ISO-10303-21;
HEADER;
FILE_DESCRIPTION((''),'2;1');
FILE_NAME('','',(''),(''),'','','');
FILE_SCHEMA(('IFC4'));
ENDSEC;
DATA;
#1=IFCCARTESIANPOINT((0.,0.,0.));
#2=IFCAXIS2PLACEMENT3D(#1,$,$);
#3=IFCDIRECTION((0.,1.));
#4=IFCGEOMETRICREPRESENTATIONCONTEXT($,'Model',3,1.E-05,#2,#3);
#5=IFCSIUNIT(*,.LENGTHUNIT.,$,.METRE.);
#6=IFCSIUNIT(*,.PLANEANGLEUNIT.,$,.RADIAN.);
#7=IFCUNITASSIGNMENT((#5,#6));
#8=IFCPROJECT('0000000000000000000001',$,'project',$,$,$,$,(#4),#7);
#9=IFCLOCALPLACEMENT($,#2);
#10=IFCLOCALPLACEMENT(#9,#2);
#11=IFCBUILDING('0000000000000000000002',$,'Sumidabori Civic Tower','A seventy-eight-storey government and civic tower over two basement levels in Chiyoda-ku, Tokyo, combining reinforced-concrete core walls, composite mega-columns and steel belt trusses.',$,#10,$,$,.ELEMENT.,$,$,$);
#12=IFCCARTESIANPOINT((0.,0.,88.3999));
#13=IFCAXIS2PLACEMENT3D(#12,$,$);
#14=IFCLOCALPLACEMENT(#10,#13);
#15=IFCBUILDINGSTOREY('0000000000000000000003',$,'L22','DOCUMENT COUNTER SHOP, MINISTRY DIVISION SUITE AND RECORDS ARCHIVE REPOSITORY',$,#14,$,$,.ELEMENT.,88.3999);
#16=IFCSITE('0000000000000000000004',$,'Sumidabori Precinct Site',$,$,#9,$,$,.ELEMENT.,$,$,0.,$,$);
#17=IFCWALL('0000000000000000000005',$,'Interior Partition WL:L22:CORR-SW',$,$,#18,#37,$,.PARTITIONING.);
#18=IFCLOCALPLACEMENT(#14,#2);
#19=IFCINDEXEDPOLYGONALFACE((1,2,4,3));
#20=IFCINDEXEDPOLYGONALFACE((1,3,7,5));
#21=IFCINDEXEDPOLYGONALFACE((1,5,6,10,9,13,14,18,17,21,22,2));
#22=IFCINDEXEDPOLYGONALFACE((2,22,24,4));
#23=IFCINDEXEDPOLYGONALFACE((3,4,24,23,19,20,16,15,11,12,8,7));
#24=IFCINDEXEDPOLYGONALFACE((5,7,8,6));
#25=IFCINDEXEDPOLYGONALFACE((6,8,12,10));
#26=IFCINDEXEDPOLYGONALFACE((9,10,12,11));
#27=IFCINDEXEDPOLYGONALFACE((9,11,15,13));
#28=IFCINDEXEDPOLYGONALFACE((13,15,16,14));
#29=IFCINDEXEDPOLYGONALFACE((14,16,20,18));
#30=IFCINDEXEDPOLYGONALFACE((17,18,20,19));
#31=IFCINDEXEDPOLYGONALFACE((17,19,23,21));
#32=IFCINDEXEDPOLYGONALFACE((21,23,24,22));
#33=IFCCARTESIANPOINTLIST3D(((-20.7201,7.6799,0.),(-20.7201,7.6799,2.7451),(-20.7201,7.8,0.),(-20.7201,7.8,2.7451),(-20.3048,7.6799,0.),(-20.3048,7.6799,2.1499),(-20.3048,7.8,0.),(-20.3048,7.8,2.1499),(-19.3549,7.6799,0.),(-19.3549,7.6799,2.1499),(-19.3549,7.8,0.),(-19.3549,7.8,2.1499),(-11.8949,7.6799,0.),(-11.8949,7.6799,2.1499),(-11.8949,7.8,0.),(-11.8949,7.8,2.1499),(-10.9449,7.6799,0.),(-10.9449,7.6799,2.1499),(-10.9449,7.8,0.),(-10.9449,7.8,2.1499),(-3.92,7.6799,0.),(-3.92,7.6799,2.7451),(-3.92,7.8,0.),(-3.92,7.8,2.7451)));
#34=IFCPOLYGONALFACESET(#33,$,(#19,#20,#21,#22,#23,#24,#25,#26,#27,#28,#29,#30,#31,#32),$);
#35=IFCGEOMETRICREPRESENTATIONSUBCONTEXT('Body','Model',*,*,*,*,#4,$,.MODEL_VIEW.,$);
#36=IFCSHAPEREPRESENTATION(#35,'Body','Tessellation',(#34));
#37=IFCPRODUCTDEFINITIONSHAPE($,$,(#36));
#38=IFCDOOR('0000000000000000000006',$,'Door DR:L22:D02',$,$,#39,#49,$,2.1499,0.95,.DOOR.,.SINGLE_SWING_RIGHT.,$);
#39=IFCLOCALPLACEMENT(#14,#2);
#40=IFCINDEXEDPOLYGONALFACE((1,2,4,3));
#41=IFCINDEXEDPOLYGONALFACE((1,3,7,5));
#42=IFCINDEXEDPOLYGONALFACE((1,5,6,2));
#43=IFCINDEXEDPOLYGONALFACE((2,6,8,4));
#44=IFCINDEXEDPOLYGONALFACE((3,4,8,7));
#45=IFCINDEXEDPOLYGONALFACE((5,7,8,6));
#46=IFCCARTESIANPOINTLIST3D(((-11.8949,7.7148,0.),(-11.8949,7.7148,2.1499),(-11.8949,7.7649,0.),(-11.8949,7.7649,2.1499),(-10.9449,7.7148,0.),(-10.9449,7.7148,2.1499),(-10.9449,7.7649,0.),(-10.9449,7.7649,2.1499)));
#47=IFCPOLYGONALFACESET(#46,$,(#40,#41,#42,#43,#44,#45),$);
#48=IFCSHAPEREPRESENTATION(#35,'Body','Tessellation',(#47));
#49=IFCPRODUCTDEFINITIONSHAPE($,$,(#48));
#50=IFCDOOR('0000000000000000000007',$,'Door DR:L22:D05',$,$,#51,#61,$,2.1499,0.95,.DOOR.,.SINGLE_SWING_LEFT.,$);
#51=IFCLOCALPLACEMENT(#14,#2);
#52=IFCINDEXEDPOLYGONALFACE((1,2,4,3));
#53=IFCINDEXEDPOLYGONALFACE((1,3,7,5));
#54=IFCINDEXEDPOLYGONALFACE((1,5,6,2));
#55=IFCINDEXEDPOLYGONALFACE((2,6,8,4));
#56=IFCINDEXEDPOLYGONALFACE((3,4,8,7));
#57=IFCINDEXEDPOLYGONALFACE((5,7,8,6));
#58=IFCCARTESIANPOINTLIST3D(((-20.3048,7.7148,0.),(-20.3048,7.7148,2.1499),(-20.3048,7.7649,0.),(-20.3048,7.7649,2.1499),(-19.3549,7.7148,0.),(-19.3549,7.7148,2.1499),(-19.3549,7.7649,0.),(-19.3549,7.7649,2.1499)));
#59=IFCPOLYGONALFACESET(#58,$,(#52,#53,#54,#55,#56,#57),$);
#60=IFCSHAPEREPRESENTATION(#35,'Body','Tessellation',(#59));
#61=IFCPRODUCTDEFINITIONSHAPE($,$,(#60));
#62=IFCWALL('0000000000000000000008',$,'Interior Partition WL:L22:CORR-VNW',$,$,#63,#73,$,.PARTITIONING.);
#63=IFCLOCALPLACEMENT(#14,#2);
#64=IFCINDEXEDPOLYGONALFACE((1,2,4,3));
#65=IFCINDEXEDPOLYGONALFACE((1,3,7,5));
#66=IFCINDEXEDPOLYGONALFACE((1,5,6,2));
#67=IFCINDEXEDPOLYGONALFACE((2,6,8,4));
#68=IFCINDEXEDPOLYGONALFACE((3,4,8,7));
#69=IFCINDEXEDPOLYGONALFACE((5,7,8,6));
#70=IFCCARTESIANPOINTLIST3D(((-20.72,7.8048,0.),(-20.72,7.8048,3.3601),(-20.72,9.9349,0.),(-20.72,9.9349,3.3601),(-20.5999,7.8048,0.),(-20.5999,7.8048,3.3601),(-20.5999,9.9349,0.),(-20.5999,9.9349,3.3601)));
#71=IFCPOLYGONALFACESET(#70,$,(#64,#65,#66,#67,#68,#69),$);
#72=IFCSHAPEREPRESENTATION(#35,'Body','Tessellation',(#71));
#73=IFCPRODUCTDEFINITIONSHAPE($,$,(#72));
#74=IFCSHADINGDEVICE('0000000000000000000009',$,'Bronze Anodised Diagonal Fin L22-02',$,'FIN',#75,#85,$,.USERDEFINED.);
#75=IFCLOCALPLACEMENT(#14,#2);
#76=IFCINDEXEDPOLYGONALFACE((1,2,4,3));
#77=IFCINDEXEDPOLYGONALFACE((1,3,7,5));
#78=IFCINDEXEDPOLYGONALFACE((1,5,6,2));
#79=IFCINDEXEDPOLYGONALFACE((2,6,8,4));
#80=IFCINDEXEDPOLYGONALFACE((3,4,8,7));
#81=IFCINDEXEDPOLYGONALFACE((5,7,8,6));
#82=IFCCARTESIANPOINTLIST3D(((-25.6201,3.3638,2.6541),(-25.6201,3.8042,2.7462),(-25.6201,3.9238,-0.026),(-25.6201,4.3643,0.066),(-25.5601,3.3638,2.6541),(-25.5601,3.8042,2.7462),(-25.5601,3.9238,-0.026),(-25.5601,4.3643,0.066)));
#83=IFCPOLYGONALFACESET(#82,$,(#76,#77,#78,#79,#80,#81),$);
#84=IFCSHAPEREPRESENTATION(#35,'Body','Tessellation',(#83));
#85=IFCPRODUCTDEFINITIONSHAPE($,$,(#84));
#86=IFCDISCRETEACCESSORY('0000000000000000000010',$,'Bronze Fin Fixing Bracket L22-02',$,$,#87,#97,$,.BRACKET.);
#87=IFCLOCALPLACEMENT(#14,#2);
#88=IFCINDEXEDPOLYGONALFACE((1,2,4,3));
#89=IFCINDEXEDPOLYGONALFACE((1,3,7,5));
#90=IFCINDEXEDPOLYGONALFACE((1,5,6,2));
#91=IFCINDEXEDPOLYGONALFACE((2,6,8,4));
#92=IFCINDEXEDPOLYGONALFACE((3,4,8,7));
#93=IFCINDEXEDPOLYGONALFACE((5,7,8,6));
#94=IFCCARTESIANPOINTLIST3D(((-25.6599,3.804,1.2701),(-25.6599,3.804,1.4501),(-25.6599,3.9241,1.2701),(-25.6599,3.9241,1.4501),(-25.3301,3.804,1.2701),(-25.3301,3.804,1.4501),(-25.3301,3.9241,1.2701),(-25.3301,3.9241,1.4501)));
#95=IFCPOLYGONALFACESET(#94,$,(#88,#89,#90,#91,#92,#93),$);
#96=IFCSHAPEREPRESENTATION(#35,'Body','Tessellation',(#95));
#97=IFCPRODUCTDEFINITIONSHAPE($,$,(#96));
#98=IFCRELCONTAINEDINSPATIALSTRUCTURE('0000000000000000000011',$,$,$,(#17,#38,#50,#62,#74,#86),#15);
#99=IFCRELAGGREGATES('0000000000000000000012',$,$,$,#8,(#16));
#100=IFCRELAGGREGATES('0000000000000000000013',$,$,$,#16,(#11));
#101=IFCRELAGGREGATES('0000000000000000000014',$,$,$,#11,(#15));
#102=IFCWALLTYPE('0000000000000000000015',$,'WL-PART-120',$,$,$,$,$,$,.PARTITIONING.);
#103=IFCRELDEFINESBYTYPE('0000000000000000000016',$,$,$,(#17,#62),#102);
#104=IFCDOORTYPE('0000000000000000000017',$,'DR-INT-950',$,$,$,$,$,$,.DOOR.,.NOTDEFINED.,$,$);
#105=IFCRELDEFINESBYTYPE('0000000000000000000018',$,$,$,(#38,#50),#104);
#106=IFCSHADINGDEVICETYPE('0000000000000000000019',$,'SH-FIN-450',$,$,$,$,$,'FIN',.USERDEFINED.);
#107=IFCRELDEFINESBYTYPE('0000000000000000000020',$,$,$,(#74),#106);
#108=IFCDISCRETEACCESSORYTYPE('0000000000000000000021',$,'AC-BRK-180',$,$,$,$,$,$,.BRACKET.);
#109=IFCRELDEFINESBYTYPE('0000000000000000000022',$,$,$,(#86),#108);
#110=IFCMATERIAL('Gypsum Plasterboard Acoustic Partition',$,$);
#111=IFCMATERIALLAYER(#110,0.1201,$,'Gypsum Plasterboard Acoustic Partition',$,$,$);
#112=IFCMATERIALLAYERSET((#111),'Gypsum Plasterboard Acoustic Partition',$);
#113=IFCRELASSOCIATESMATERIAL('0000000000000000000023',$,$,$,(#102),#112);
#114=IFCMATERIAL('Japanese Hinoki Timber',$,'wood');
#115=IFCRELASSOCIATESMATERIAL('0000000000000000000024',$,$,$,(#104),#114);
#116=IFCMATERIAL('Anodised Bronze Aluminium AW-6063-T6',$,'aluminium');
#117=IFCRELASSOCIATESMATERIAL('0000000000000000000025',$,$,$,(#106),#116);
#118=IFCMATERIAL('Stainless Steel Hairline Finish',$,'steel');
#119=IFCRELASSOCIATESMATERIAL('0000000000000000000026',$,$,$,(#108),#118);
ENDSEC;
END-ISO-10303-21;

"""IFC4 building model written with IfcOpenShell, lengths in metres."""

from ifc_helpers import new_model, si_unit, direction, frame, frame_2d, origin, origin_2d, place, context, subcontext, project, spatial, rectangle, extrude, source, transform, mapped, material, layer, layer_set, material_profile, profile_set, type_object, element, fill, save


model = new_model("IFC4")

# Units and contexts
model_context = context("Model", 3, precision=1e-05, world=origin(), true_north=direction((0.0, 1.0)))
body_context = subcontext(model_context, "Body", "Model", "MODEL_VIEW")
ifc_project = project(units=[si_unit("LENGTHUNIT", "METRE"), si_unit("PLANEANGLEUNIT", "RADIAN")], contexts=[model_context])

# Site, building, storey
site_placement = place(None, origin())
site = spatial("IfcSite", under=ifc_project, at=site_placement, Name="Sumidabori Precinct Site", CompositionType="ELEMENT", RefElevation=0.0)
building_placement = place(site_placement, origin())
building = spatial("IfcBuilding", under=site, at=building_placement, Name="Sumidabori Civic Tower", Description="A seventy-eight-storey government and civic tower over two basement levels in Chiyoda-ku, Tokyo, combining reinforced-concrete core walls, composite mega-columns and steel belt trusses.", CompositionType="ELEMENT")
storey_placement = place(building_placement, frame((0.0, 0.0, 88.3999)))
storey = spatial("IfcBuildingStorey", under=building, at=storey_placement, Name="L22", Description="DOCUMENT COUNTER SHOP, MINISTRY DIVISION SUITE AND RECORDS ARCHIVE REPOSITORY", CompositionType="ELEMENT", Elevation=88.3999)

# Shared definitions
ifc_material_1 = material(Name="Anodised Bronze Aluminium AW-6063-T6", Category="aluminium")

# Shared definitions
ifc_material_2 = material(Name="Gypsum Plasterboard Acoustic Partition")
ifc_layer_1 = layer(ifc_material_2, 0.1201, Name="Gypsum Plasterboard Acoustic Partition")
ifc_layer_set_1 = layer_set([ifc_layer_1], Name="Gypsum Plasterboard Acoustic Partition")
wall_type = type_object("IfcWallType", Name="WL-PART-120", PredefinedType="PARTITIONING", material=ifc_layer_set_1)

# Shared definitions
ifc_material_3 = material(Name="Japanese Hinoki Timber", Category="wood")

# Wall, openings, doors
shared_shape_1 = source(origin(), body_context, "Body", "SweptSolid", [
    extrude(rectangle(XDim=16.8, YDim=0.1201, at=frame_2d((8.3999, 0.0))), origin(), (0.0, 0.0, 1.0), 2.7451),
])
wall_1_placement = place(storey_placement, frame((-20.72, 7.74, 0.0), z_axis=(0.0, 0.0, 1.0), x_axis=(1.0, 0.0, 0.0)))
wall_1 = element("IfcWall", 1, at=wall_1_placement, inside=storey, type_object=wall_type, Name="Interior Partition WL:L22:CORR-SW", PredefinedType="PARTITIONING", context=body_context, shape_type="MappedRepresentation", body=[
    mapped(shared_shape_1, transform((0.0, 0.0, 0.0), x_axis=(1.0, 0.0, 0.0), y_axis=(0.0, 1.0, 0.0), z_axis=(0.0, 0.0, 1.0), scale=1.0)),
])
opening_1_placement = place(wall_1_placement, frame((8.825, 0.0, 0.0)))
opening_1 = element("IfcOpeningElement", 2, at=opening_1_placement, cuts=wall_1, PredefinedType="OPENING", context=body_context, shape_type="SweptSolid", body=[
    extrude(rectangle(XDim=0.95, YDim=2.1499, at=frame_2d((0.4751, 1.075))), frame((0.0, 0.072, 0.0), z_axis=(0.0, -1.0, 0.0), x_axis=(1.0, 0.0, 0.0)), (0.0, 0.0, 1.0), 0.144),
])
opening_2_placement = place(wall_1_placement, frame((0.415, 0.0, 0.0)))
opening_2 = element("IfcOpeningElement", 3, at=opening_2_placement, cuts=wall_1, PredefinedType="OPENING", context=body_context, shape_type="SweptSolid", body=[
    extrude(rectangle(XDim=0.95, YDim=2.1499, at=frame_2d((0.4751, 1.075))), frame((0.0, 0.072, 0.0), z_axis=(0.0, -1.0, 0.0), x_axis=(1.0, 0.0, 0.0)), (0.0, 0.0, 1.0), 0.144),
])
door_type_1 = type_object("IfcDoorType", Name="DR-INT-950", OperationType="NOTDEFINED", PredefinedType="DOOR", material=ifc_material_3)
shared_shape_2 = source(origin(), body_context, "Body", "SweptSolid", [
    extrude(rectangle(XDim=0.95, YDim=2.1499, at=frame_2d((0.4751, 1.075))), frame((0.0, 0.0249, 0.0), z_axis=(0.0, -1.0, 0.0), x_axis=(1.0, 0.0, 0.0)), (0.0, 0.0, 1.0), 0.05),
])
door_1_placement = place(opening_1_placement, origin())
door_1 = element("IfcDoor", 4, at=door_1_placement, inside=storey, type_object=door_type_1, Name="Door DR:L22:D02", OperationType="SINGLE_SWING_RIGHT", OverallHeight=2.1499, OverallWidth=0.95, PredefinedType="DOOR", context=body_context, shape_type="MappedRepresentation", body=[
    mapped(shared_shape_2, transform((0.0, 0.0, 0.0), x_axis=(1.0, 0.0, 0.0), y_axis=(0.0, 1.0, 0.0), z_axis=(0.0, 0.0, 1.0), scale=1.0)),
])
fill(opening_1, door_1)
door_2_placement = place(opening_2_placement, origin())
door_2 = element("IfcDoor", 5, at=door_2_placement, inside=storey, type_object=door_type_1, Name="Door DR:L22:D05", OperationType="SINGLE_SWING_LEFT", OverallHeight=2.1499, OverallWidth=0.95, PredefinedType="DOOR", context=body_context, shape_type="MappedRepresentation", body=[
    mapped(shared_shape_2, transform((0.0, 0.0, 0.0), x_axis=(1.0, 0.0, 0.0), y_axis=(0.0, 1.0, 0.0), z_axis=(0.0, 0.0, 1.0), scale=1.0)),
])
fill(opening_2, door_2)

# Wall
shared_shape_3 = source(origin(), body_context, "Body", "SweptSolid", [
    extrude(rectangle(XDim=2.1301, YDim=0.1201, at=frame_2d((1.0649, 0.0))), origin(), (0.0, 0.0, 1.0), 3.3601),
])
wall_2_placement = place(storey_placement, frame((-20.6599, 7.8049, 0.0), z_axis=(0.0, 0.0, 1.0), x_axis=(0.0, 1.0, 0.0)))
element("IfcWall", 6, at=wall_2_placement, inside=storey, type_object=wall_type, Name="Interior Partition WL:L22:CORR-VNW", PredefinedType="PARTITIONING", context=body_context, shape_type="MappedRepresentation", body=[
    mapped(shared_shape_3, transform((0.0, 0.0, 0.0), x_axis=(1.0, 0.0, 0.0), y_axis=(0.0, 1.0, 0.0), z_axis=(0.0, 0.0, 1.0), scale=1.0)),
])

# Shading device
ifc_material_profile_1 = material_profile(ifc_material_1, rectangle(XDim=0.0601, YDim=0.45, at=origin_2d()), Name="BRONZE FIN 450x60")
ifc_profile_set_1 = profile_set([ifc_material_profile_1], Name="Anodised Bronze Aluminium AW-6063-T6")
shading_device_type = type_object("IfcShadingDeviceType", Name="SH-FIN-450", ElementType="FIN", PredefinedType="USERDEFINED", material=ifc_profile_set_1)
shared_shape_4 = source(origin(), body_context, "Body", "SweptSolid", [
    extrude(rectangle(XDim=0.0601, YDim=0.45, at=origin_2d()), origin(), (0.0, 0.0, 1.0), 2.738),
])
shading_device_placement = place(storey_placement, frame((-25.5901, 4.144, 0.02), z_axis=(0.0, -0.204545, 0.978857), x_axis=(-1.0, 0.0, 0.0)))
element("IfcShadingDevice", 7, at=shading_device_placement, inside=storey, type_object=shading_device_type, Name="Bronze Anodised Diagonal Fin L22-02", ObjectType="FIN", PredefinedType="USERDEFINED", context=body_context, shape_type="MappedRepresentation", body=[
    mapped(shared_shape_4, transform((0.0, 0.0, 0.0), x_axis=(1.0, 0.0, 0.0), y_axis=(0.0, 1.0, 0.0), z_axis=(0.0, 0.0, 1.0), scale=1.0)),
])

# Discrete accessory
ifc_material_4 = material(Name="Stainless Steel Hairline Finish", Category="steel")
ifc_material_profile_2 = material_profile(ifc_material_4, rectangle(XDim=0.1201, YDim=0.1799, at=origin_2d()), Name="STEEL BRACKET 180x120")
ifc_profile_set_2 = profile_set([ifc_material_profile_2], Name="Stainless Steel Hairline Finish")
discrete_accessory_type = type_object("IfcDiscreteAccessoryType", Name="AC-BRK-180", PredefinedType="BRACKET", material=ifc_profile_set_2)
shared_shape_5 = source(origin(), body_context, "Body", "SweptSolid", [
    extrude(rectangle(XDim=0.1201, YDim=0.1799, at=origin_2d()), origin(), (0.0, 0.0, 1.0), 0.3298),
])
discrete_accessory_placement = place(storey_placement, frame((-25.3301, 3.864, 1.3601), z_axis=(-1.0, 0.0, 0.0), x_axis=(0.0, -1.0, 0.0)))
element("IfcDiscreteAccessory", 8, at=discrete_accessory_placement, inside=storey, type_object=discrete_accessory_type, Name="Bronze Fin Fixing Bracket L22-02", PredefinedType="BRACKET", context=body_context, shape_type="MappedRepresentation", body=[
    mapped(shared_shape_5, transform((0.0, 0.0, 0.0), x_axis=(1.0, 0.0, 0.0), y_axis=(0.0, 1.0, 0.0), z_axis=(0.0, 0.0, 1.0), scale=1.0)),
])

save(model, "model.ifc")
